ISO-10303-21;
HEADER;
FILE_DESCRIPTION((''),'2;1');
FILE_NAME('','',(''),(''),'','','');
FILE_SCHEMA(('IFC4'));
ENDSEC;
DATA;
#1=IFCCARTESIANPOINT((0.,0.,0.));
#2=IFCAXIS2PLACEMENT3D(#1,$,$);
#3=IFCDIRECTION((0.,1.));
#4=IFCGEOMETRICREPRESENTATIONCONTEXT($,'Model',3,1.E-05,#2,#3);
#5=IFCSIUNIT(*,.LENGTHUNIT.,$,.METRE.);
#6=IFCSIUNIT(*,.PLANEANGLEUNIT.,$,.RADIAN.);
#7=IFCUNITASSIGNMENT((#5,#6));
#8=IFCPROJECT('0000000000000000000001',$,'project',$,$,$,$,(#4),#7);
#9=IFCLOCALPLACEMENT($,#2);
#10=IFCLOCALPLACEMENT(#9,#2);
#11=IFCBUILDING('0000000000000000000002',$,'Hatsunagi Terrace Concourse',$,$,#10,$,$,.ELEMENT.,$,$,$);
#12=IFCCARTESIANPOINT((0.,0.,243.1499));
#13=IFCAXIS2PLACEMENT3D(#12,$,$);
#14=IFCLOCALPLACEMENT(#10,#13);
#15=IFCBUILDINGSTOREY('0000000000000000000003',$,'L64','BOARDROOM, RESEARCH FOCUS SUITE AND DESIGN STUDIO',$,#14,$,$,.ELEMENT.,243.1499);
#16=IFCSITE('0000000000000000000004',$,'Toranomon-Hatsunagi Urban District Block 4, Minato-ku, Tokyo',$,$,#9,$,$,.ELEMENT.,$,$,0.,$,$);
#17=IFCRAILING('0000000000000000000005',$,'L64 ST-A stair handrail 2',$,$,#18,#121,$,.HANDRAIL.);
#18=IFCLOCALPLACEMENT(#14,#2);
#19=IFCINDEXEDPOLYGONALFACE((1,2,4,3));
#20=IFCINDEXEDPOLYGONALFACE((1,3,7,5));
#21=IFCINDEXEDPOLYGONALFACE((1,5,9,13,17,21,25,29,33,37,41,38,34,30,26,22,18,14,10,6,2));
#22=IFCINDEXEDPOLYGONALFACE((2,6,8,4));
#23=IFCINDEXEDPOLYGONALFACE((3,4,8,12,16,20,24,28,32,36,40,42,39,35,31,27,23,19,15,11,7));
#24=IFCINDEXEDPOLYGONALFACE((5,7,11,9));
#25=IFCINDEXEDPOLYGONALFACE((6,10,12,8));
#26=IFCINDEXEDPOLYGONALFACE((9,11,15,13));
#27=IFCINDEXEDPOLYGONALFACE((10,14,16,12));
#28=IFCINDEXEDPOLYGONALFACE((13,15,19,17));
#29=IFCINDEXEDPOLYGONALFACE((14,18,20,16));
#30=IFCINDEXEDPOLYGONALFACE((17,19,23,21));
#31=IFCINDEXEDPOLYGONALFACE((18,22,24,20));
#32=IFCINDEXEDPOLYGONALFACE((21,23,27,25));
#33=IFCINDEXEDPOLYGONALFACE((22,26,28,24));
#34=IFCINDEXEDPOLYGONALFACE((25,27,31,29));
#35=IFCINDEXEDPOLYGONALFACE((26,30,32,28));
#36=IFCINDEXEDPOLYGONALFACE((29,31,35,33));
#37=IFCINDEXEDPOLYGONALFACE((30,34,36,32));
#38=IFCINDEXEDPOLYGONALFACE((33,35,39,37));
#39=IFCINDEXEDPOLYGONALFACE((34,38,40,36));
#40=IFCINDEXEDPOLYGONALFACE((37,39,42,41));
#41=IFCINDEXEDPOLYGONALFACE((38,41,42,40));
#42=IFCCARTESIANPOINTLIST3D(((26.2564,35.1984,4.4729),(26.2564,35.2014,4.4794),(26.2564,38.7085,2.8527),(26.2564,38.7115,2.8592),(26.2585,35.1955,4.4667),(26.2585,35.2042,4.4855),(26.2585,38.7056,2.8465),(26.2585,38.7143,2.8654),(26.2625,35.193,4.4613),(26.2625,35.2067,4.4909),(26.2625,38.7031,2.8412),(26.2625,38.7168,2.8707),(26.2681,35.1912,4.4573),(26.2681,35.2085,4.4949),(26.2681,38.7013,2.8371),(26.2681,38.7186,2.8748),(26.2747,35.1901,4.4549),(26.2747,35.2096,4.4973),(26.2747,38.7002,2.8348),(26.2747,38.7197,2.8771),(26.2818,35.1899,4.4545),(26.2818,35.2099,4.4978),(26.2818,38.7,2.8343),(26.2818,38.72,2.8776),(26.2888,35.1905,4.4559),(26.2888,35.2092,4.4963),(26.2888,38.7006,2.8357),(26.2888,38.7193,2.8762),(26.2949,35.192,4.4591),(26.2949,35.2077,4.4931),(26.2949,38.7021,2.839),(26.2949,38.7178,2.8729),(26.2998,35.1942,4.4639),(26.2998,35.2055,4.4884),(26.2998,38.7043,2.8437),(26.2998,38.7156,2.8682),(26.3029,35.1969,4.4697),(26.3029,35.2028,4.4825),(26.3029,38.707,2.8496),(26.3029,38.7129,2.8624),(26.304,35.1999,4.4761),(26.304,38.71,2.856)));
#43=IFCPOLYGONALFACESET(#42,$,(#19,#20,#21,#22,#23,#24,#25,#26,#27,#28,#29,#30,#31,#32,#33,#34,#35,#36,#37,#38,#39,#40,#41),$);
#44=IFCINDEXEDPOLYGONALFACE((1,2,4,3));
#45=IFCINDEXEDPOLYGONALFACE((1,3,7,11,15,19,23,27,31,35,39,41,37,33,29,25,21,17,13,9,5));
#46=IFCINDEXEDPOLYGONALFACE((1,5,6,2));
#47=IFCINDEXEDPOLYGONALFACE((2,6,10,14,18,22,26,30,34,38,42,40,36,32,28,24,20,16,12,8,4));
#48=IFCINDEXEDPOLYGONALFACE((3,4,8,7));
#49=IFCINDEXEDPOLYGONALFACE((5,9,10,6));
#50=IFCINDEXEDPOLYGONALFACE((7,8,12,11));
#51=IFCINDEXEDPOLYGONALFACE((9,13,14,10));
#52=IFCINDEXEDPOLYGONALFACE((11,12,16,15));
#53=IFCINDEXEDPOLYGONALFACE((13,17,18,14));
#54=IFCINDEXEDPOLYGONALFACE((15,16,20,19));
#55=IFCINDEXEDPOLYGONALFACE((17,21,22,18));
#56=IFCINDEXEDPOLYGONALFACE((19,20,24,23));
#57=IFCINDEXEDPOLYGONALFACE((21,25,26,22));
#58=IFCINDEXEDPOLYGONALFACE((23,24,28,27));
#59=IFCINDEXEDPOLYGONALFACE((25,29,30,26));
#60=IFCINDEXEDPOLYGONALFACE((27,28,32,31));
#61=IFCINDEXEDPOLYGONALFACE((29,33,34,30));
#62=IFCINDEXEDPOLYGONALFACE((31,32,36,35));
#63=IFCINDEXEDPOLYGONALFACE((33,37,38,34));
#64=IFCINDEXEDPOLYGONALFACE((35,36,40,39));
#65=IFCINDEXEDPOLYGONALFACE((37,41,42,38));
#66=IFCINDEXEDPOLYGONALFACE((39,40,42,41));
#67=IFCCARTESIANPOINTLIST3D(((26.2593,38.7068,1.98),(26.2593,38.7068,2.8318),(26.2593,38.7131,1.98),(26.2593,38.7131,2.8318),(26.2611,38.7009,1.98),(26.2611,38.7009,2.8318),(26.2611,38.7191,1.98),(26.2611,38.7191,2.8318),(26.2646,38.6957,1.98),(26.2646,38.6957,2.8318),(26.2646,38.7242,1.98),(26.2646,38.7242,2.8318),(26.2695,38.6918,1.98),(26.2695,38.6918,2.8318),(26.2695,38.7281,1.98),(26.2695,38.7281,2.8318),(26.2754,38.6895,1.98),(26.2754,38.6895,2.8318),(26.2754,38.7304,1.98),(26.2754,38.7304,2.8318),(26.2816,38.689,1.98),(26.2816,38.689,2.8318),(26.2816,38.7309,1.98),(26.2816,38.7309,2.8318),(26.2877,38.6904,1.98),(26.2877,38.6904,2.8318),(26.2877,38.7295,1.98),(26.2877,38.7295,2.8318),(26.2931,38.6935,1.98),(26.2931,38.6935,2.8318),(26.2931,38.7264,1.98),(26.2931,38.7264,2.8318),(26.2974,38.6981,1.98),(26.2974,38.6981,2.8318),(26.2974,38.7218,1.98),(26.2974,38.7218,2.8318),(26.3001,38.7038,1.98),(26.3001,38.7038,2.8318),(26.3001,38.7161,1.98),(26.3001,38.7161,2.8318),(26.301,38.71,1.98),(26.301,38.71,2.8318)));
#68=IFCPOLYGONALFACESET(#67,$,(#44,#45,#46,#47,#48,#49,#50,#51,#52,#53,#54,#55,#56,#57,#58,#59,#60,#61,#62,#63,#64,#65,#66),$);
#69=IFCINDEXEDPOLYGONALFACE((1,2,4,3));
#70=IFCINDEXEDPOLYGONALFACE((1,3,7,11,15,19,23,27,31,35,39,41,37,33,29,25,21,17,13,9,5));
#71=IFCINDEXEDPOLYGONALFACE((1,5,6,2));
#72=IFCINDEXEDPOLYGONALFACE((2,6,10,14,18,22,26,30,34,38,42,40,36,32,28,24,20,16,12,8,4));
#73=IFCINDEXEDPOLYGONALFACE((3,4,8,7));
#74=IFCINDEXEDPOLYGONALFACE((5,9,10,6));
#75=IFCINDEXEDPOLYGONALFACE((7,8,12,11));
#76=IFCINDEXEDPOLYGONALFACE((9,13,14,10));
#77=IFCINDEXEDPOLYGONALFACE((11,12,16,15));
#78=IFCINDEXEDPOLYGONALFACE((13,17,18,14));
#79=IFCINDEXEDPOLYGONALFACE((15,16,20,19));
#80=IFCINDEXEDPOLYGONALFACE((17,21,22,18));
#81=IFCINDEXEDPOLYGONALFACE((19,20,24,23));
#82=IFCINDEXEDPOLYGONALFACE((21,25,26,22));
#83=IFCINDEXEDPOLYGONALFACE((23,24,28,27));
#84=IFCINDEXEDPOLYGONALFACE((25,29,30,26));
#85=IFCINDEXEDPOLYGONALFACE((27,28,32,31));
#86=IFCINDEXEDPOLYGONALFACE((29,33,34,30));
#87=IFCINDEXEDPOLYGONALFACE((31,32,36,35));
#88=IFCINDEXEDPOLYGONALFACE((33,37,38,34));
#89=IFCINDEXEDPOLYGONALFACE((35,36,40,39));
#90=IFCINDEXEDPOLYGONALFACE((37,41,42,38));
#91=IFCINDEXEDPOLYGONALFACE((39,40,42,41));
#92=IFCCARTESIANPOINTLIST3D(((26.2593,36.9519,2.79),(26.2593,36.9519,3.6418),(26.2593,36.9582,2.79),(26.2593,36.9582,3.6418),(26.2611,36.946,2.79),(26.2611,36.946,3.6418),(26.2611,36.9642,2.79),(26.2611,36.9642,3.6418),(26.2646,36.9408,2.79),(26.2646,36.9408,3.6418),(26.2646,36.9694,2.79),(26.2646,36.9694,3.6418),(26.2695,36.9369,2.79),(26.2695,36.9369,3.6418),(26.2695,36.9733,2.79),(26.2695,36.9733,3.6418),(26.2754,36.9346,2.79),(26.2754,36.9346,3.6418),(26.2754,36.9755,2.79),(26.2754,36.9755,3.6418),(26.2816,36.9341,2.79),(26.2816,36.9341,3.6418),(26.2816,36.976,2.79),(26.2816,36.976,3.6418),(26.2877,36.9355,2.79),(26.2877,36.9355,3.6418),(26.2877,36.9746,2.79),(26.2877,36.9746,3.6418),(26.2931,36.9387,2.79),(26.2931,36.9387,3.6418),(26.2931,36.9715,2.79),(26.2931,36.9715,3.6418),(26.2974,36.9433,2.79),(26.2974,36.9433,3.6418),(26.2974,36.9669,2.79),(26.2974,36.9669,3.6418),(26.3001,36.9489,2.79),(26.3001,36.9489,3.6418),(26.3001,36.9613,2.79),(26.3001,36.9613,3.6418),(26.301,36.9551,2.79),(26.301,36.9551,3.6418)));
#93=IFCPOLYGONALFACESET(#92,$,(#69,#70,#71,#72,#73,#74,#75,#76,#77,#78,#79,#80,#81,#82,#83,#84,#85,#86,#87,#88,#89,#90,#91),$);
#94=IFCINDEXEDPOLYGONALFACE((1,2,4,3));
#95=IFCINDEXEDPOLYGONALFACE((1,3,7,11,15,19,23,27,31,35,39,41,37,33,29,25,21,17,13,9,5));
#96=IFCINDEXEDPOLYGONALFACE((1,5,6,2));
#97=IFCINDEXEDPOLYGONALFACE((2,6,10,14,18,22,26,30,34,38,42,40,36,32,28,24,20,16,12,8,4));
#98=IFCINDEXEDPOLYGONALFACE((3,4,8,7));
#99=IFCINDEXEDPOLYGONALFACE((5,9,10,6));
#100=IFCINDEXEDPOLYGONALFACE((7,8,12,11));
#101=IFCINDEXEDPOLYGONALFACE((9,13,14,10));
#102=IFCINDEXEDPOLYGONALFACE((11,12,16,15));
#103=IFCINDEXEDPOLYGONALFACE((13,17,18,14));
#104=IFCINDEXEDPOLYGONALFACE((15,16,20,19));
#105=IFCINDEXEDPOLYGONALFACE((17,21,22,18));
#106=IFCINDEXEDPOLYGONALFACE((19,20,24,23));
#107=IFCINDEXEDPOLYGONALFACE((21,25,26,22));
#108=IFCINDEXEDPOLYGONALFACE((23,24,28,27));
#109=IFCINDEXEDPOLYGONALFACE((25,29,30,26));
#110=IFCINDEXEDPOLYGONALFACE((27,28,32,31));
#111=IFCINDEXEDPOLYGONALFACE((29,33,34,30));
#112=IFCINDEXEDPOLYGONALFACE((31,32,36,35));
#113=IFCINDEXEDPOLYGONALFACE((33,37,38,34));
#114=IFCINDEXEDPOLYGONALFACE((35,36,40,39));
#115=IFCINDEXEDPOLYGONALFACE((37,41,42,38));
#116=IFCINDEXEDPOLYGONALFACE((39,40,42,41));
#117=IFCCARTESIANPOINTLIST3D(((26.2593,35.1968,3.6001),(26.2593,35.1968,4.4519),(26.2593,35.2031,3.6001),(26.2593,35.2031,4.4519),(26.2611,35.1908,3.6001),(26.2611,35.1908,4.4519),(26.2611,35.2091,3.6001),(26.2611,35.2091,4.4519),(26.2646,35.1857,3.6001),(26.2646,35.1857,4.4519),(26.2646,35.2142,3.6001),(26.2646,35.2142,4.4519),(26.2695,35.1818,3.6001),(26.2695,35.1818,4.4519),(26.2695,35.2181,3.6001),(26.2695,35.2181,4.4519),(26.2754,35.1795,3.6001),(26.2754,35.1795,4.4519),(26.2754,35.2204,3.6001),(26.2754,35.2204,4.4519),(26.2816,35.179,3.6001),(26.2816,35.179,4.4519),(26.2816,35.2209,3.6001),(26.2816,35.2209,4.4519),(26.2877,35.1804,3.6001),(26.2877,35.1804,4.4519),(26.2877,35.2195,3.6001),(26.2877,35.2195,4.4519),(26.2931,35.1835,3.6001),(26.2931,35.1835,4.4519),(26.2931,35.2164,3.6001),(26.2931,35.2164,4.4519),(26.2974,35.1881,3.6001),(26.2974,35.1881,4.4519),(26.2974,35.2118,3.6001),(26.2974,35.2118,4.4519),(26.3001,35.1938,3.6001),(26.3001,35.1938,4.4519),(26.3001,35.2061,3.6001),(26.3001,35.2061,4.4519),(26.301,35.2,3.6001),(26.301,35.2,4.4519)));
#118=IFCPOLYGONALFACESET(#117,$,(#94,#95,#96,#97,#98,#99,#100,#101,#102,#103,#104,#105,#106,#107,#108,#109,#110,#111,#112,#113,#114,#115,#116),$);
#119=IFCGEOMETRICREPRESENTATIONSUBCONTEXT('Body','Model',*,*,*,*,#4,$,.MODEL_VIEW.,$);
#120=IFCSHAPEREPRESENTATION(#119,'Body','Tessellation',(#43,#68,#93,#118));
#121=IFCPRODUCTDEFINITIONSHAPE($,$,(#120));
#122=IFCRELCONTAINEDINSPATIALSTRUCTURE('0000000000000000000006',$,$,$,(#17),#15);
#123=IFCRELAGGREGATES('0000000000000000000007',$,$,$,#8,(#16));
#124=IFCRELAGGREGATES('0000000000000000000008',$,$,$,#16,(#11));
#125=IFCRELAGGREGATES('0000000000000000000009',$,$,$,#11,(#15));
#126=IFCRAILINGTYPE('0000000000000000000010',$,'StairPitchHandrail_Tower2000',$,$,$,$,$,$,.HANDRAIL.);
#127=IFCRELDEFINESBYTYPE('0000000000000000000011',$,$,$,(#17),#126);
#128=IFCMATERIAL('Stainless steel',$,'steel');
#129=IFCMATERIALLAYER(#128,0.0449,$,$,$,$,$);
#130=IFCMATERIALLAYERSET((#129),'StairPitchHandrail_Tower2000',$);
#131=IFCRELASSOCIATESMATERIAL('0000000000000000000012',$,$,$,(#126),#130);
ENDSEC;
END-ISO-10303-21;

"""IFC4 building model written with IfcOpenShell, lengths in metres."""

from ifc_helpers import new_model, si_unit, direction, frame, origin, origin_2d, place, context, subcontext, project, spatial, circle, extrude, material, layer, layer_set, type_object, element, save


model = new_model("IFC4")

# Units and contexts
model_context = context("Model", 3, precision=1e-05, world=origin(), true_north=direction((0.0, 1.0)))
body_context = subcontext(model_context, "Body", "Model", "MODEL_VIEW")
ifc_project = project(units=[si_unit("LENGTHUNIT", "METRE"), si_unit("PLANEANGLEUNIT", "RADIAN")], contexts=[model_context])

# Site, building, storey
site_placement = place(None, origin())
site = spatial("IfcSite", under=ifc_project, at=site_placement, Name="Toranomon-Hatsunagi Urban District Block 4, Minato-ku, Tokyo", CompositionType="ELEMENT", RefElevation=0.0)
building_placement = place(site_placement, origin())
building = spatial("IfcBuilding", under=site, at=building_placement, Name="Hatsunagi Terrace Concourse", CompositionType="ELEMENT")
storey_placement = place(building_placement, frame((0.0, 0.0, 243.1499)))
storey = spatial("IfcBuildingStorey", under=building, at=storey_placement, Name="L64", Description="BOARDROOM, RESEARCH FOCUS SUITE AND DESIGN STUDIO", CompositionType="ELEMENT", Elevation=243.1499)

# Railing
ifc_material_1 = material(Name="Stainless steel", Category="steel")
ifc_layer_1 = layer(ifc_material_1, 0.0449)
ifc_layer_set_1 = layer_set([ifc_layer_1], Name="StairPitchHandrail_Tower2000")
railing_type_1 = type_object("IfcRailingType", Name="StairPitchHandrail_Tower2000", PredefinedType="HANDRAIL", material=ifc_layer_set_1)
railing_1_placement = place(storey_placement, frame((26.28, 38.71, 1.98)))
element("IfcRailing", 1, at=railing_1_placement, inside=storey, type_object=railing_type_1, Name="L64 ST-A stair handrail 2", PredefinedType="HANDRAIL", context=body_context, shape_type="SweptSolid", body=[
    extrude(circle(Radius=0.0239, at=origin_2d()), frame((0.0, 0.0, 0.876), z_axis=(0.0, -0.907948, 0.419082), x_axis=(1.0, 0.0, 0.0)), (0.0, 0.0, 1.0), 3.866),
    extrude(circle(Radius=0.021, at=origin_2d()), origin(), (0.0, 0.0, 1.0), 0.8518),
    extrude(circle(Radius=0.021, at=origin_2d()), frame((0.0, -1.7549, 0.8101)), (0.0, 0.0, 1.0), 0.8518),
    extrude(circle(Radius=0.021, at=origin_2d()), frame((0.0, -3.51, 1.6201)), (0.0, 0.0, 1.0), 0.8518),
])

save(model, "model.ifc")
